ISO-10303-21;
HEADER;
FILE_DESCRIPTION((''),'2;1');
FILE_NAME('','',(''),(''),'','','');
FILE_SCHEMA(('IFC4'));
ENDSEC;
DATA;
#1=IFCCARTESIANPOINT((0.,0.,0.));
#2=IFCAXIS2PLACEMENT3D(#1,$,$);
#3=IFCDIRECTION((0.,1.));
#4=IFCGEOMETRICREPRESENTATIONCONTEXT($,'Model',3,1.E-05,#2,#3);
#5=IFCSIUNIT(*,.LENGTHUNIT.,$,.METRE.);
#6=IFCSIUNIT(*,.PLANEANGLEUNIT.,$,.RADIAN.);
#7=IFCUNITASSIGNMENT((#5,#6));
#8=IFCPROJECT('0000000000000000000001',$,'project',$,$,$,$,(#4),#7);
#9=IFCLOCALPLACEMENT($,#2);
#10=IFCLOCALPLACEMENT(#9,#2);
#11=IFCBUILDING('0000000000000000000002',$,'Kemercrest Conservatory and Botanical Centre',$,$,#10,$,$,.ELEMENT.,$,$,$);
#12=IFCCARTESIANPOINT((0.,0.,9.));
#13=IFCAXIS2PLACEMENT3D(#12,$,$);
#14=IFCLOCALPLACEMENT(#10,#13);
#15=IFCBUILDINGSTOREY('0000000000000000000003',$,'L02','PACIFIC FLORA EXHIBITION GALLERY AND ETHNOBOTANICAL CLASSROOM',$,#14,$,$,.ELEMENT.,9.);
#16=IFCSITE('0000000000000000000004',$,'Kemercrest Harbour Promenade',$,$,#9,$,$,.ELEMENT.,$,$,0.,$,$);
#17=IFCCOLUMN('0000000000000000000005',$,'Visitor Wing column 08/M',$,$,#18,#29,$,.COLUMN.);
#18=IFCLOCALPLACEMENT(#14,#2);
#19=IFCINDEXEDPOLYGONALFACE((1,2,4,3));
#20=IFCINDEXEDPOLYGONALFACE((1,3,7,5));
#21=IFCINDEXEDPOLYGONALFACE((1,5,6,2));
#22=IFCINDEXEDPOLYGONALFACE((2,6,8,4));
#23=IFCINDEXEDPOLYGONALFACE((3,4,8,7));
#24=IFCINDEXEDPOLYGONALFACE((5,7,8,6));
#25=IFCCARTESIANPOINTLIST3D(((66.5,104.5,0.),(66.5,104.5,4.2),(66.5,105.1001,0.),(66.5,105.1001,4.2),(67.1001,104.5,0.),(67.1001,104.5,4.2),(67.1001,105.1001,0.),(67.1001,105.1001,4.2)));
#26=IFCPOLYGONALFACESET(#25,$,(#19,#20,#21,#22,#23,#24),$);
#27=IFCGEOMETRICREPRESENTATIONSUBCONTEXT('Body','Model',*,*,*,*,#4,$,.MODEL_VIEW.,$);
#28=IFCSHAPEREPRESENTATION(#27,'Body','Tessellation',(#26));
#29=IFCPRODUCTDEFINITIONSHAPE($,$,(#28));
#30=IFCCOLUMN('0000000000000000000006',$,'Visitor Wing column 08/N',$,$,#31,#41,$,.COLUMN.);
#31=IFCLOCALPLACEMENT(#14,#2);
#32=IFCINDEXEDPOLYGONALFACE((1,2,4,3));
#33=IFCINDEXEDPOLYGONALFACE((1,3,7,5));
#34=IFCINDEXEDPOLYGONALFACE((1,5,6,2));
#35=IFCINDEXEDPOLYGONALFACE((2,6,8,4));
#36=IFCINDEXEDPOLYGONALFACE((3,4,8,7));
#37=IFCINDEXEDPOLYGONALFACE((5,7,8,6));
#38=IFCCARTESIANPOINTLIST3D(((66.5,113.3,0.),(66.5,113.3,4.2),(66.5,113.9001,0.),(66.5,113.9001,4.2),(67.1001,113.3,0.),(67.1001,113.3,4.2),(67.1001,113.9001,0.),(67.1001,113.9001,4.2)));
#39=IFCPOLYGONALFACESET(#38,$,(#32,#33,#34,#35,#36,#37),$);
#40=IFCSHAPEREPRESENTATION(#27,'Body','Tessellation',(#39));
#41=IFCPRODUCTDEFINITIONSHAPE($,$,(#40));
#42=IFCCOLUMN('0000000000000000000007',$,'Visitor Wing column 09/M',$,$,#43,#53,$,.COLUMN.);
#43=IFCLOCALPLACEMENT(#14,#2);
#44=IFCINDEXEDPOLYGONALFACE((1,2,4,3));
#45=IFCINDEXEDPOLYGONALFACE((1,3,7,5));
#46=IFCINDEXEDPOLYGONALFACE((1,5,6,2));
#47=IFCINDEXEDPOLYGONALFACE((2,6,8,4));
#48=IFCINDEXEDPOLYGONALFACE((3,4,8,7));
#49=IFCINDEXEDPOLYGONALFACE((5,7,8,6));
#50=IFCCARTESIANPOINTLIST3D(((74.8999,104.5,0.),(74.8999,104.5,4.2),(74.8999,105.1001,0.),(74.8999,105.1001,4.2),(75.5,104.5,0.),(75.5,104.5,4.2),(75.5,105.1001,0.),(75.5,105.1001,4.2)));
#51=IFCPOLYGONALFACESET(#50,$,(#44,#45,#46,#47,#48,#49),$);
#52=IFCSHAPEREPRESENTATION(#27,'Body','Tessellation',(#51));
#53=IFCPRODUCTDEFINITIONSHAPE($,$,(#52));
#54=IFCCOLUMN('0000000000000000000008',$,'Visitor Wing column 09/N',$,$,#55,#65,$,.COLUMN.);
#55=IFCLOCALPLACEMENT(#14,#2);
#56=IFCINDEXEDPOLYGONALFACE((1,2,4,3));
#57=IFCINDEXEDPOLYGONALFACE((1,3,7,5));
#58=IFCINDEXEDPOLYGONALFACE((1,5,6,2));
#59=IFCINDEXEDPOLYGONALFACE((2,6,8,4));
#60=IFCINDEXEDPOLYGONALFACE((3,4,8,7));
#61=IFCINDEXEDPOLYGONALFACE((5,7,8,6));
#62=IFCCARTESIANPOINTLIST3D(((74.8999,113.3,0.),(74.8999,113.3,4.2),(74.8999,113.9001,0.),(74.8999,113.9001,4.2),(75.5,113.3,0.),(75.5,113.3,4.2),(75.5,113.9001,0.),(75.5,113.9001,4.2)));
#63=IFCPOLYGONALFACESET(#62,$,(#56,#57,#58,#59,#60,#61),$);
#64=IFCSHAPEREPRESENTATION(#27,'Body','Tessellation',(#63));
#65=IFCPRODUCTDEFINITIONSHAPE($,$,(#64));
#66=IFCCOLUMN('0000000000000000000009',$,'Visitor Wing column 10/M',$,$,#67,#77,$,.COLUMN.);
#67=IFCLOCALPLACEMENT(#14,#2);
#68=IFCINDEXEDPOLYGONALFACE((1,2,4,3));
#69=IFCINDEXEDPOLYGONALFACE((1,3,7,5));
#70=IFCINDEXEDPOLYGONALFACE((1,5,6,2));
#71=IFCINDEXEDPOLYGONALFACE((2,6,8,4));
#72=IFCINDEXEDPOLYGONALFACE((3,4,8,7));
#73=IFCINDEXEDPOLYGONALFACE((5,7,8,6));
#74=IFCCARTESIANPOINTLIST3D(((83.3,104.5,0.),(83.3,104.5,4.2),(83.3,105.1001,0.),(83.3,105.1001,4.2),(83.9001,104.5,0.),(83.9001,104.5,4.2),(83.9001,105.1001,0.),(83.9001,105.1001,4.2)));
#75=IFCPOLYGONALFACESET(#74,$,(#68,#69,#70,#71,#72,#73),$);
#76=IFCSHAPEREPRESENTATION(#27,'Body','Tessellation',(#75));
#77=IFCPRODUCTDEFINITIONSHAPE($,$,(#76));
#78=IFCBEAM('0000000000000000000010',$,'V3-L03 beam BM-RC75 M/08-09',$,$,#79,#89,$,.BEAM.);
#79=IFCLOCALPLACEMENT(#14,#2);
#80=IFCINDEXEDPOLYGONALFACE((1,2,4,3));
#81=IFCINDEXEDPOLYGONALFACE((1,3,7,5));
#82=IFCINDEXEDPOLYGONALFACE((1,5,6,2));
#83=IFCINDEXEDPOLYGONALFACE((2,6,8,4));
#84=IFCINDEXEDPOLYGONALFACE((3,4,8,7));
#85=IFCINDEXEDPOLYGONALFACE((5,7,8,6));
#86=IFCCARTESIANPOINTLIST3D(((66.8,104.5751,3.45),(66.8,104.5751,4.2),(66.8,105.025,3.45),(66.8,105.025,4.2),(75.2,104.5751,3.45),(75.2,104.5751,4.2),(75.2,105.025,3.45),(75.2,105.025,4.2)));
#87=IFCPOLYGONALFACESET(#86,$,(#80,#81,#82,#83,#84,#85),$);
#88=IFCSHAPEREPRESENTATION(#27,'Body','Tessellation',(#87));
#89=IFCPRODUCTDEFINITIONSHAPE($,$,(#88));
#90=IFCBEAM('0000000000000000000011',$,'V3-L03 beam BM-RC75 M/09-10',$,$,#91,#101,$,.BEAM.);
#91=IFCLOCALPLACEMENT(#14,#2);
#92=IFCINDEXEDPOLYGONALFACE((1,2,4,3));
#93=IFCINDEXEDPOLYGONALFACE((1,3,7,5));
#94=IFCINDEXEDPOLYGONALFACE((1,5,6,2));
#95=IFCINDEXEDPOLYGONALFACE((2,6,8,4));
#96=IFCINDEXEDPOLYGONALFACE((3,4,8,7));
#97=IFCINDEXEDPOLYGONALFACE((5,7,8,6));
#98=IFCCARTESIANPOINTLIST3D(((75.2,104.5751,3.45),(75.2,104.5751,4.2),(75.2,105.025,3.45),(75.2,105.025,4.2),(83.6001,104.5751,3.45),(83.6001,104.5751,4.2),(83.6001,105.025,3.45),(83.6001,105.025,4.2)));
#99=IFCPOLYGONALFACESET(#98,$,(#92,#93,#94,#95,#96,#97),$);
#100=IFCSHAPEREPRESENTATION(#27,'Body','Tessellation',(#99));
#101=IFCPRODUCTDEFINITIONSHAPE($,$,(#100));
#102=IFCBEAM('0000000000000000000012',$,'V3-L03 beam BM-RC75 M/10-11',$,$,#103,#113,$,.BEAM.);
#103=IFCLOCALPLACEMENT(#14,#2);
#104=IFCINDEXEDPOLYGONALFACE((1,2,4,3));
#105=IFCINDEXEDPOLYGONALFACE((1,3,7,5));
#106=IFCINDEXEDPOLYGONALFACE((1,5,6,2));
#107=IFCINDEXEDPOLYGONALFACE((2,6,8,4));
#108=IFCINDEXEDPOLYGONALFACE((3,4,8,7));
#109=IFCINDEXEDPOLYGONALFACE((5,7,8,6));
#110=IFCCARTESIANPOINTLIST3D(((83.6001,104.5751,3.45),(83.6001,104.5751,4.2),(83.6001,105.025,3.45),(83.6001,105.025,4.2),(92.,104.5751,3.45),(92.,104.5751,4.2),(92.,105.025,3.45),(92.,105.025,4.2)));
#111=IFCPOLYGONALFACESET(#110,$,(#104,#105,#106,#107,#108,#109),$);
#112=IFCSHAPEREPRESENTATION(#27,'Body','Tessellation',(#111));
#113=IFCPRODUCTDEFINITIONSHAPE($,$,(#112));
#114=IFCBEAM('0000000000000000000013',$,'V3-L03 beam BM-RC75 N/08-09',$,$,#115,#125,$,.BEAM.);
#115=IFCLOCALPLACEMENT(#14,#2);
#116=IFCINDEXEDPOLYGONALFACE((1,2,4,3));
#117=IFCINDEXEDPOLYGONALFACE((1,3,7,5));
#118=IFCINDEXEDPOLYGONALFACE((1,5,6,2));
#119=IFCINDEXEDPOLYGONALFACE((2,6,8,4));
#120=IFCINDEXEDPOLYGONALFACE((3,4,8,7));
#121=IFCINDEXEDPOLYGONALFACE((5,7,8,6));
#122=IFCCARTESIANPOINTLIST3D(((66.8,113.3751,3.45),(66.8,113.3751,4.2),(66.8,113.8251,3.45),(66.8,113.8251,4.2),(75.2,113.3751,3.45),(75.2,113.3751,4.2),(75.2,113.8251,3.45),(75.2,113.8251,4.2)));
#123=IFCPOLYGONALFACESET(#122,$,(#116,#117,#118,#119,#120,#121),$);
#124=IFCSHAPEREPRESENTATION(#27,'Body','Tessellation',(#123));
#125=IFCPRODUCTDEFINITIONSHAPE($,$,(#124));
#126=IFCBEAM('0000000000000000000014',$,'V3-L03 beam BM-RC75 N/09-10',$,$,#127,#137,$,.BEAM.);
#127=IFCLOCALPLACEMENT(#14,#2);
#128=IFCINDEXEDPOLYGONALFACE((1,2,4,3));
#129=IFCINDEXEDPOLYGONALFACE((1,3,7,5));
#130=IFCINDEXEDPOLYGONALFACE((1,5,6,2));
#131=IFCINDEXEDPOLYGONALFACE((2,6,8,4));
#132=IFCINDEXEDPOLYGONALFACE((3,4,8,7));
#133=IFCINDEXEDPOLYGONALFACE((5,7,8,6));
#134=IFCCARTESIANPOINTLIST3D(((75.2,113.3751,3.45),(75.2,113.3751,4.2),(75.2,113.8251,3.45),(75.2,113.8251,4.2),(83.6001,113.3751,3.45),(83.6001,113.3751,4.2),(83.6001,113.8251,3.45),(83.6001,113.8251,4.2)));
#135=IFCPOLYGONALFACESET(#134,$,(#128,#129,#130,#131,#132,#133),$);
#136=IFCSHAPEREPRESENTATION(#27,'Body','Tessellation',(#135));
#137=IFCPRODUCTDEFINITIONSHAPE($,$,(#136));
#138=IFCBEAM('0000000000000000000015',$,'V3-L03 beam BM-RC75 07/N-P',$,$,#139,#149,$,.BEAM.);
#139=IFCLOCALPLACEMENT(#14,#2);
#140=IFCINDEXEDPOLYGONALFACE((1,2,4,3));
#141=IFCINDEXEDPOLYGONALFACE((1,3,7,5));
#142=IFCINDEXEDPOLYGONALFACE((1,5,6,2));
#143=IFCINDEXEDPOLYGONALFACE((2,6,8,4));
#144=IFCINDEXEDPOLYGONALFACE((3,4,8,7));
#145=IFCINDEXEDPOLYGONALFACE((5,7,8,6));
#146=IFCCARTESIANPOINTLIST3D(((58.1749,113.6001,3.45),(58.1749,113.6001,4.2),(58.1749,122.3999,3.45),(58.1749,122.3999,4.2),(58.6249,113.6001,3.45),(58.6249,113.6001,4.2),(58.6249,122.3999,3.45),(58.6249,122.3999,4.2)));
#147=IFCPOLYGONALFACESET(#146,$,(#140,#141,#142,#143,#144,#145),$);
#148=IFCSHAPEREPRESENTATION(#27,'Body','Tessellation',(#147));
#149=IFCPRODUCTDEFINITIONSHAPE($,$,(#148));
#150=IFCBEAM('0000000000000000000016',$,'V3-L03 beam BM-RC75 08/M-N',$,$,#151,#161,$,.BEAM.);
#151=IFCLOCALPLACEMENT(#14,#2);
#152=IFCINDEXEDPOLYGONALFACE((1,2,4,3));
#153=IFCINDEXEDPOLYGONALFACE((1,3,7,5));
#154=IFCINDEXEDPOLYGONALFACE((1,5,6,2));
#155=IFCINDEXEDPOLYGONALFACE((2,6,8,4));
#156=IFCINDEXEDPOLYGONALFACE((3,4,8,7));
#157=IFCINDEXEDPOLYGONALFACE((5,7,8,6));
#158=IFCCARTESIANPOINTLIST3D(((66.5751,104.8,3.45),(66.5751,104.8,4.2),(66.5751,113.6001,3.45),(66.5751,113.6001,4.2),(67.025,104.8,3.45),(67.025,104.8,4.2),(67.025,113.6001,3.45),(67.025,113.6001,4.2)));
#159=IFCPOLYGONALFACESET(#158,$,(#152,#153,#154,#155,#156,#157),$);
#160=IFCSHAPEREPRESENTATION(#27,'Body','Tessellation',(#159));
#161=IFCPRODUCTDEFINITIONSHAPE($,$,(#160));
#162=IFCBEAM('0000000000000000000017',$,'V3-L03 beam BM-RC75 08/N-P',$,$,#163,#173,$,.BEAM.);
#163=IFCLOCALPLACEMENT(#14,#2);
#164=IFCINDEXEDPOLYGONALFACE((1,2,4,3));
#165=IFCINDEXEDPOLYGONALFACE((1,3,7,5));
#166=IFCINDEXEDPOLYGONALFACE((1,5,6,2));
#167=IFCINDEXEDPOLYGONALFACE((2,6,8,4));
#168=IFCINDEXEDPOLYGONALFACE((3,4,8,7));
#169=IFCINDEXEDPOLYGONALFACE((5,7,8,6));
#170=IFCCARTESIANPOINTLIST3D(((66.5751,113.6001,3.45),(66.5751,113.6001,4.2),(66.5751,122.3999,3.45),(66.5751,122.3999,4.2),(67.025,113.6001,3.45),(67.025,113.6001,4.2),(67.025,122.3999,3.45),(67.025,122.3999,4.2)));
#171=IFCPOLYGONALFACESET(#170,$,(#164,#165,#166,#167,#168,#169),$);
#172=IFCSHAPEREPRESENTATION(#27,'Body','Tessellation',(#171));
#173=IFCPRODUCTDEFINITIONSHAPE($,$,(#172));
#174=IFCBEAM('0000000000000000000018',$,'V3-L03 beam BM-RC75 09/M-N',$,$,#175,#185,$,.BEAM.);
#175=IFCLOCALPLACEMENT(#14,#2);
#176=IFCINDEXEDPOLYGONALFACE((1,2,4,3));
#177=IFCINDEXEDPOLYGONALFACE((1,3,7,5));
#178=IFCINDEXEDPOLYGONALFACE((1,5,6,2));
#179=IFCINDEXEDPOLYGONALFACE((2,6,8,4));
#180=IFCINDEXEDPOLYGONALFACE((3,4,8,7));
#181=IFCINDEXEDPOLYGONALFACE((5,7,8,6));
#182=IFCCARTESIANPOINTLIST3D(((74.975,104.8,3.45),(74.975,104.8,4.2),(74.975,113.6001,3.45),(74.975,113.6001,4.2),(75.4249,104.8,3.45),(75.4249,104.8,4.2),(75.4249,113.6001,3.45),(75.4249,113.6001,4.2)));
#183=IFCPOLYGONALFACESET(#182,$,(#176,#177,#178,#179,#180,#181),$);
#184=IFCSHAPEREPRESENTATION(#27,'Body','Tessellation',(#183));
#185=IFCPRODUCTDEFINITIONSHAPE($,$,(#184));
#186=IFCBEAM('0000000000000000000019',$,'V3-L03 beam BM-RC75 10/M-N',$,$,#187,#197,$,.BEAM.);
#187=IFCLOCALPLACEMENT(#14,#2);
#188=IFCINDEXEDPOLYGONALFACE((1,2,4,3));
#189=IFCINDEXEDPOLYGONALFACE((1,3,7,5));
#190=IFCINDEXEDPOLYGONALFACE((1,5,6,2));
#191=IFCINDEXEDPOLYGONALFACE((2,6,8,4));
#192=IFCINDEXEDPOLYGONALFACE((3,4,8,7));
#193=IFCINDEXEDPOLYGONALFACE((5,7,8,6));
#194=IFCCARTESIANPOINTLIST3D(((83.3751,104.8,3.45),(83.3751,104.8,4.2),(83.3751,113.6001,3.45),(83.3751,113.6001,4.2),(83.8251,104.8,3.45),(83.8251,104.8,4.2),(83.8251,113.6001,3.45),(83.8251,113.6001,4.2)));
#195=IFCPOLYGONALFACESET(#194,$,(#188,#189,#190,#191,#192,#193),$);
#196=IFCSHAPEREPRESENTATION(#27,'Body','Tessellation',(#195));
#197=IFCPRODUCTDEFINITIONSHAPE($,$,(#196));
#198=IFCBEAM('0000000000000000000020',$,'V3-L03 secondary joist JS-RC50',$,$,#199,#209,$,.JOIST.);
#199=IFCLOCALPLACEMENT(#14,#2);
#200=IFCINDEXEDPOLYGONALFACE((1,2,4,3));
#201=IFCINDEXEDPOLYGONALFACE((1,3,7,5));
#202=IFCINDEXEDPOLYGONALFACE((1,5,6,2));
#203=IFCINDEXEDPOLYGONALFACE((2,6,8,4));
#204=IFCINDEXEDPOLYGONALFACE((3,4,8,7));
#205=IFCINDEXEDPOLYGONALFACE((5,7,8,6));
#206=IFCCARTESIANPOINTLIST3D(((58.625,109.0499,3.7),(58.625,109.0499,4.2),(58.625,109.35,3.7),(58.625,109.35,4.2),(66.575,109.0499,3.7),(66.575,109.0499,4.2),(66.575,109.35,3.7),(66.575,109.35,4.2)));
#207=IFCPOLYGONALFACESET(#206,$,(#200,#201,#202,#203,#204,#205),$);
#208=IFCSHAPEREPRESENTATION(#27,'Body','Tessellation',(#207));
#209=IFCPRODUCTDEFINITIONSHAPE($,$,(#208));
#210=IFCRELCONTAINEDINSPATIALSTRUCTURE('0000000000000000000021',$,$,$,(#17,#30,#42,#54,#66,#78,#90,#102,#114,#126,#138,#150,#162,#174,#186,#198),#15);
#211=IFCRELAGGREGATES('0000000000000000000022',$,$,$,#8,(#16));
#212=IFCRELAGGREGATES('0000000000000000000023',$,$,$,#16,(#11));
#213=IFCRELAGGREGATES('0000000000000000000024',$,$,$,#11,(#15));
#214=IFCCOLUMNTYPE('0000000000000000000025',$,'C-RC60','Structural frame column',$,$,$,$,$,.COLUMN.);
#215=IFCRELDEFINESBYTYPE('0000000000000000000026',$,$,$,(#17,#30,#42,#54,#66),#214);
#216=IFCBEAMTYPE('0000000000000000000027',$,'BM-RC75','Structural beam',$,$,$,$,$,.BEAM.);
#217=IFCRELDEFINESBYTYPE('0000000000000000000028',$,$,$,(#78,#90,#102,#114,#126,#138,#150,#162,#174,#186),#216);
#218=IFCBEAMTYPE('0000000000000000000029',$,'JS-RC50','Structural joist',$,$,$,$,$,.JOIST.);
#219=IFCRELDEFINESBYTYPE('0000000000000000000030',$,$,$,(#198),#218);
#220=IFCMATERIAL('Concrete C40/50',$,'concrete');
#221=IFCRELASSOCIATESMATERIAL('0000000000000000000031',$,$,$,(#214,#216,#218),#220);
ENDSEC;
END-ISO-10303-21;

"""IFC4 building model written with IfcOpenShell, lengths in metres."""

from ifc_helpers import new_model, si_unit, direction, frame, origin, origin_2d, place, context, subcontext, project, spatial, rectangle, extrude, material, material_profile, profile_set, type_object, element, save


model = new_model("IFC4")

# Units and contexts
model_context = context("Model", 3, precision=1e-05, world=origin(), true_north=direction((0.0, 1.0)))
body_context = subcontext(model_context, "Body", "Model", "MODEL_VIEW")
ifc_project = project(units=[si_unit("LENGTHUNIT", "METRE"), si_unit("PLANEANGLEUNIT", "RADIAN")], contexts=[model_context])

# Site, building, storey
site_placement = place(None, origin())
site = spatial("IfcSite", under=ifc_project, at=site_placement, Name="Kemercrest Harbour Promenade", CompositionType="ELEMENT", RefElevation=0.0)
building_placement = place(site_placement, origin())
building = spatial("IfcBuilding", under=site, at=building_placement, Name="Kemercrest Conservatory and Botanical Centre", CompositionType="ELEMENT")
storey_placement = place(building_placement, frame((0.0, 0.0, 9.0)))
storey = spatial("IfcBuildingStorey", under=building, at=storey_placement, Name="L02", Description="PACIFIC FLORA EXHIBITION GALLERY AND ETHNOBOTANICAL CLASSROOM", CompositionType="ELEMENT", Elevation=9.0)

# Columns
ifc_material_1 = material(Name="Concrete C40/50", Category="concrete")
ifc_material_profile_1 = material_profile(ifc_material_1, rectangle(XDim=0.6001, YDim=0.6001, at=origin_2d()), Name="RC 600x600")
ifc_profile_set_1 = profile_set([ifc_material_profile_1], Name="Concrete C40/50")
column_type = type_object("IfcColumnType", Name="C-RC60", Description="Structural frame column", PredefinedType="COLUMN", material=ifc_profile_set_1)
for number, where, z_axis, x_axis, name in (
    (1, (66.8, 104.8, 0.0), (0.0, 0.0, 1.0), (1.0, 0.0, 0.0), "Visitor Wing column 08/M"),
    (2, (66.8, 113.6001, 0.0), (0.0, 0.0, 1.0), (1.0, 0.0, 0.0), "Visitor Wing column 08/N"),
    (3, (75.2, 104.8, 0.0), (0.0, 0.0, 1.0), (1.0, 0.0, 0.0), "Visitor Wing column 09/M"),
    (4, (75.2, 113.6001, 0.0), (0.0, 0.0, 1.0), (1.0, 0.0, 0.0), "Visitor Wing column 09/N"),
    (5, (83.6001, 104.8, 0.0), (0.0, 0.0, 1.0), (1.0, 0.0, 0.0), "Visitor Wing column 10/M"),
):
    element("IfcColumn", number, at=place(storey_placement, frame(where, z_axis=z_axis, x_axis=x_axis)), inside=storey, type_object=column_type, Name=name, PredefinedType="COLUMN", context=body_context, shape_type="SweptSolid", body=[
        extrude(rectangle(XDim=0.6001, YDim=0.6001, at=origin_2d()), origin(), (0.0, 0.0, 1.0), 4.2),
    ])

# Beams
ifc_material_profile_2 = material_profile(ifc_material_1, rectangle(XDim=0.45, YDim=0.75, at=origin_2d()), Name="RC 450x750")
ifc_profile_set_2 = profile_set([ifc_material_profile_2], Name="Concrete C40/50")
beam_type_1 = type_object("IfcBeamType", Name="BM-RC75", Description="Structural beam", PredefinedType="BEAM", material=ifc_profile_set_2)
beam_1_placement = place(storey_placement, frame((66.8, 104.8, 3.825), z_axis=(1.0, 0.0, 0.0), x_axis=(0.0, 1.0, 0.0)))
element("IfcBeam", 6, at=beam_1_placement, inside=storey, type_object=beam_type_1, Name="V3-L03 beam BM-RC75 M/08-09", PredefinedType="BEAM", context=body_context, shape_type="SweptSolid", body=[
    extrude(rectangle(XDim=0.45, YDim=0.75, at=origin_2d()), origin(), (0.0, 0.0, 1.0), 8.3999),
])
beam_2_placement = place(storey_placement, frame((75.2, 104.8, 3.825), z_axis=(1.0, 0.0, 0.0), x_axis=(0.0, 1.0, 0.0)))
element("IfcBeam", 7, at=beam_2_placement, inside=storey, type_object=beam_type_1, Name="V3-L03 beam BM-RC75 M/09-10", PredefinedType="BEAM", context=body_context, shape_type="SweptSolid", body=[
    extrude(rectangle(XDim=0.45, YDim=0.75, at=origin_2d()), origin(), (0.0, 0.0, 1.0), 8.4001),
])
for number, where, z_axis, x_axis, name in (
    (8, (83.6001, 104.8, 3.825), (1.0, 0.0, 0.0), (0.0, 1.0, 0.0), "V3-L03 beam BM-RC75 M/10-11"),
    (9, (66.8, 113.6001, 3.825), (1.0, 0.0, 0.0), (0.0, 1.0, 0.0), "V3-L03 beam BM-RC75 N/08-09"),
):
    element("IfcBeam", number, at=place(storey_placement, frame(where, z_axis=z_axis, x_axis=x_axis)), inside=storey, type_object=beam_type_1, Name=name, PredefinedType="BEAM", context=body_context, shape_type="SweptSolid", body=[
        extrude(rectangle(XDim=0.45, YDim=0.75, at=origin_2d()), origin(), (0.0, 0.0, 1.0), 8.3999),
    ])
beam_3_placement = place(storey_placement, frame((75.2, 113.6001, 3.825), z_axis=(1.0, 0.0, 0.0), x_axis=(0.0, 1.0, 0.0)))
element("IfcBeam", 10, at=beam_3_placement, inside=storey, type_object=beam_type_1, Name="V3-L03 beam BM-RC75 N/09-10", PredefinedType="BEAM", context=body_context, shape_type="SweptSolid", body=[
    extrude(rectangle(XDim=0.45, YDim=0.75, at=origin_2d()), origin(), (0.0, 0.0, 1.0), 8.4001),
])
beam_4_placement = place(storey_placement, frame((58.3999, 113.6001, 3.825), z_axis=(0.0, 1.0, 0.0), x_axis=(-1.0, 0.0, 0.0)))
element("IfcBeam", 11, at=beam_4_placement, inside=storey, type_object=beam_type_1, Name="V3-L03 beam BM-RC75 07/N-P", PredefinedType="BEAM", context=body_context, shape_type="SweptSolid", body=[
    extrude(rectangle(XDim=0.45, YDim=0.75, at=origin_2d()), origin(), (0.0, 0.0, 1.0), 8.7998),
])
beam_5_placement = place(storey_placement, frame((66.8, 104.8, 3.825), z_axis=(0.0, 1.0, 0.0), x_axis=(-1.0, 0.0, 0.0)))
element("IfcBeam", 12, at=beam_5_placement, inside=storey, type_object=beam_type_1, Name="V3-L03 beam BM-RC75 08/M-N", PredefinedType="BEAM", context=body_context, shape_type="SweptSolid", body=[
    extrude(rectangle(XDim=0.45, YDim=0.75, at=origin_2d()), origin(), (0.0, 0.0, 1.0), 8.8),
])
beam_6_placement = place(storey_placement, frame((66.8, 113.6001, 3.825), z_axis=(0.0, 1.0, 0.0), x_axis=(-1.0, 0.0, 0.0)))
element("IfcBeam", 13, at=beam_6_placement, inside=storey, type_object=beam_type_1, Name="V3-L03 beam BM-RC75 08/N-P", PredefinedType="BEAM", context=body_context, shape_type="SweptSolid", body=[
    extrude(rectangle(XDim=0.45, YDim=0.75, at=origin_2d()), origin(), (0.0, 0.0, 1.0), 8.7998),
])
for number, where, z_axis, x_axis, name in (
    (14, (75.2, 104.8, 3.825), (0.0, 1.0, 0.0), (-1.0, 0.0, 0.0), "V3-L03 beam BM-RC75 09/M-N"),
    (15, (83.6001, 104.8, 3.825), (0.0, 1.0, 0.0), (-1.0, 0.0, 0.0), "V3-L03 beam BM-RC75 10/M-N"),
):
    element("IfcBeam", number, at=place(storey_placement, frame(where, z_axis=z_axis, x_axis=x_axis)), inside=storey, type_object=beam_type_1, Name=name, PredefinedType="BEAM", context=body_context, shape_type="SweptSolid", body=[
        extrude(rectangle(XDim=0.45, YDim=0.75, at=origin_2d()), origin(), (0.0, 0.0, 1.0), 8.8),
    ])
ifc_material_profile_3 = material_profile(ifc_material_1, rectangle(XDim=0.3, YDim=0.5, at=origin_2d()), Name="RC 300x500")
ifc_profile_set_3 = profile_set([ifc_material_profile_3], Name="Concrete C40/50")
beam_type_2 = type_object("IfcBeamType", Name="JS-RC50", Description="Structural joist", PredefinedType="JOIST", material=ifc_profile_set_3)
beam_7_placement = place(storey_placement, frame((58.625, 109.2, 3.95), z_axis=(1.0, 0.0, 0.0), x_axis=(0.0, 1.0, 0.0)))
element("IfcBeam", 16, at=beam_7_placement, inside=storey, type_object=beam_type_2, Name="V3-L03 secondary joist JS-RC50", PredefinedType="JOIST", context=body_context, shape_type="SweptSolid", body=[
    extrude(rectangle(XDim=0.3, YDim=0.5, at=origin_2d()), origin(), (0.0, 0.0, 1.0), 7.95),
])

save(model, "model.ifc")
